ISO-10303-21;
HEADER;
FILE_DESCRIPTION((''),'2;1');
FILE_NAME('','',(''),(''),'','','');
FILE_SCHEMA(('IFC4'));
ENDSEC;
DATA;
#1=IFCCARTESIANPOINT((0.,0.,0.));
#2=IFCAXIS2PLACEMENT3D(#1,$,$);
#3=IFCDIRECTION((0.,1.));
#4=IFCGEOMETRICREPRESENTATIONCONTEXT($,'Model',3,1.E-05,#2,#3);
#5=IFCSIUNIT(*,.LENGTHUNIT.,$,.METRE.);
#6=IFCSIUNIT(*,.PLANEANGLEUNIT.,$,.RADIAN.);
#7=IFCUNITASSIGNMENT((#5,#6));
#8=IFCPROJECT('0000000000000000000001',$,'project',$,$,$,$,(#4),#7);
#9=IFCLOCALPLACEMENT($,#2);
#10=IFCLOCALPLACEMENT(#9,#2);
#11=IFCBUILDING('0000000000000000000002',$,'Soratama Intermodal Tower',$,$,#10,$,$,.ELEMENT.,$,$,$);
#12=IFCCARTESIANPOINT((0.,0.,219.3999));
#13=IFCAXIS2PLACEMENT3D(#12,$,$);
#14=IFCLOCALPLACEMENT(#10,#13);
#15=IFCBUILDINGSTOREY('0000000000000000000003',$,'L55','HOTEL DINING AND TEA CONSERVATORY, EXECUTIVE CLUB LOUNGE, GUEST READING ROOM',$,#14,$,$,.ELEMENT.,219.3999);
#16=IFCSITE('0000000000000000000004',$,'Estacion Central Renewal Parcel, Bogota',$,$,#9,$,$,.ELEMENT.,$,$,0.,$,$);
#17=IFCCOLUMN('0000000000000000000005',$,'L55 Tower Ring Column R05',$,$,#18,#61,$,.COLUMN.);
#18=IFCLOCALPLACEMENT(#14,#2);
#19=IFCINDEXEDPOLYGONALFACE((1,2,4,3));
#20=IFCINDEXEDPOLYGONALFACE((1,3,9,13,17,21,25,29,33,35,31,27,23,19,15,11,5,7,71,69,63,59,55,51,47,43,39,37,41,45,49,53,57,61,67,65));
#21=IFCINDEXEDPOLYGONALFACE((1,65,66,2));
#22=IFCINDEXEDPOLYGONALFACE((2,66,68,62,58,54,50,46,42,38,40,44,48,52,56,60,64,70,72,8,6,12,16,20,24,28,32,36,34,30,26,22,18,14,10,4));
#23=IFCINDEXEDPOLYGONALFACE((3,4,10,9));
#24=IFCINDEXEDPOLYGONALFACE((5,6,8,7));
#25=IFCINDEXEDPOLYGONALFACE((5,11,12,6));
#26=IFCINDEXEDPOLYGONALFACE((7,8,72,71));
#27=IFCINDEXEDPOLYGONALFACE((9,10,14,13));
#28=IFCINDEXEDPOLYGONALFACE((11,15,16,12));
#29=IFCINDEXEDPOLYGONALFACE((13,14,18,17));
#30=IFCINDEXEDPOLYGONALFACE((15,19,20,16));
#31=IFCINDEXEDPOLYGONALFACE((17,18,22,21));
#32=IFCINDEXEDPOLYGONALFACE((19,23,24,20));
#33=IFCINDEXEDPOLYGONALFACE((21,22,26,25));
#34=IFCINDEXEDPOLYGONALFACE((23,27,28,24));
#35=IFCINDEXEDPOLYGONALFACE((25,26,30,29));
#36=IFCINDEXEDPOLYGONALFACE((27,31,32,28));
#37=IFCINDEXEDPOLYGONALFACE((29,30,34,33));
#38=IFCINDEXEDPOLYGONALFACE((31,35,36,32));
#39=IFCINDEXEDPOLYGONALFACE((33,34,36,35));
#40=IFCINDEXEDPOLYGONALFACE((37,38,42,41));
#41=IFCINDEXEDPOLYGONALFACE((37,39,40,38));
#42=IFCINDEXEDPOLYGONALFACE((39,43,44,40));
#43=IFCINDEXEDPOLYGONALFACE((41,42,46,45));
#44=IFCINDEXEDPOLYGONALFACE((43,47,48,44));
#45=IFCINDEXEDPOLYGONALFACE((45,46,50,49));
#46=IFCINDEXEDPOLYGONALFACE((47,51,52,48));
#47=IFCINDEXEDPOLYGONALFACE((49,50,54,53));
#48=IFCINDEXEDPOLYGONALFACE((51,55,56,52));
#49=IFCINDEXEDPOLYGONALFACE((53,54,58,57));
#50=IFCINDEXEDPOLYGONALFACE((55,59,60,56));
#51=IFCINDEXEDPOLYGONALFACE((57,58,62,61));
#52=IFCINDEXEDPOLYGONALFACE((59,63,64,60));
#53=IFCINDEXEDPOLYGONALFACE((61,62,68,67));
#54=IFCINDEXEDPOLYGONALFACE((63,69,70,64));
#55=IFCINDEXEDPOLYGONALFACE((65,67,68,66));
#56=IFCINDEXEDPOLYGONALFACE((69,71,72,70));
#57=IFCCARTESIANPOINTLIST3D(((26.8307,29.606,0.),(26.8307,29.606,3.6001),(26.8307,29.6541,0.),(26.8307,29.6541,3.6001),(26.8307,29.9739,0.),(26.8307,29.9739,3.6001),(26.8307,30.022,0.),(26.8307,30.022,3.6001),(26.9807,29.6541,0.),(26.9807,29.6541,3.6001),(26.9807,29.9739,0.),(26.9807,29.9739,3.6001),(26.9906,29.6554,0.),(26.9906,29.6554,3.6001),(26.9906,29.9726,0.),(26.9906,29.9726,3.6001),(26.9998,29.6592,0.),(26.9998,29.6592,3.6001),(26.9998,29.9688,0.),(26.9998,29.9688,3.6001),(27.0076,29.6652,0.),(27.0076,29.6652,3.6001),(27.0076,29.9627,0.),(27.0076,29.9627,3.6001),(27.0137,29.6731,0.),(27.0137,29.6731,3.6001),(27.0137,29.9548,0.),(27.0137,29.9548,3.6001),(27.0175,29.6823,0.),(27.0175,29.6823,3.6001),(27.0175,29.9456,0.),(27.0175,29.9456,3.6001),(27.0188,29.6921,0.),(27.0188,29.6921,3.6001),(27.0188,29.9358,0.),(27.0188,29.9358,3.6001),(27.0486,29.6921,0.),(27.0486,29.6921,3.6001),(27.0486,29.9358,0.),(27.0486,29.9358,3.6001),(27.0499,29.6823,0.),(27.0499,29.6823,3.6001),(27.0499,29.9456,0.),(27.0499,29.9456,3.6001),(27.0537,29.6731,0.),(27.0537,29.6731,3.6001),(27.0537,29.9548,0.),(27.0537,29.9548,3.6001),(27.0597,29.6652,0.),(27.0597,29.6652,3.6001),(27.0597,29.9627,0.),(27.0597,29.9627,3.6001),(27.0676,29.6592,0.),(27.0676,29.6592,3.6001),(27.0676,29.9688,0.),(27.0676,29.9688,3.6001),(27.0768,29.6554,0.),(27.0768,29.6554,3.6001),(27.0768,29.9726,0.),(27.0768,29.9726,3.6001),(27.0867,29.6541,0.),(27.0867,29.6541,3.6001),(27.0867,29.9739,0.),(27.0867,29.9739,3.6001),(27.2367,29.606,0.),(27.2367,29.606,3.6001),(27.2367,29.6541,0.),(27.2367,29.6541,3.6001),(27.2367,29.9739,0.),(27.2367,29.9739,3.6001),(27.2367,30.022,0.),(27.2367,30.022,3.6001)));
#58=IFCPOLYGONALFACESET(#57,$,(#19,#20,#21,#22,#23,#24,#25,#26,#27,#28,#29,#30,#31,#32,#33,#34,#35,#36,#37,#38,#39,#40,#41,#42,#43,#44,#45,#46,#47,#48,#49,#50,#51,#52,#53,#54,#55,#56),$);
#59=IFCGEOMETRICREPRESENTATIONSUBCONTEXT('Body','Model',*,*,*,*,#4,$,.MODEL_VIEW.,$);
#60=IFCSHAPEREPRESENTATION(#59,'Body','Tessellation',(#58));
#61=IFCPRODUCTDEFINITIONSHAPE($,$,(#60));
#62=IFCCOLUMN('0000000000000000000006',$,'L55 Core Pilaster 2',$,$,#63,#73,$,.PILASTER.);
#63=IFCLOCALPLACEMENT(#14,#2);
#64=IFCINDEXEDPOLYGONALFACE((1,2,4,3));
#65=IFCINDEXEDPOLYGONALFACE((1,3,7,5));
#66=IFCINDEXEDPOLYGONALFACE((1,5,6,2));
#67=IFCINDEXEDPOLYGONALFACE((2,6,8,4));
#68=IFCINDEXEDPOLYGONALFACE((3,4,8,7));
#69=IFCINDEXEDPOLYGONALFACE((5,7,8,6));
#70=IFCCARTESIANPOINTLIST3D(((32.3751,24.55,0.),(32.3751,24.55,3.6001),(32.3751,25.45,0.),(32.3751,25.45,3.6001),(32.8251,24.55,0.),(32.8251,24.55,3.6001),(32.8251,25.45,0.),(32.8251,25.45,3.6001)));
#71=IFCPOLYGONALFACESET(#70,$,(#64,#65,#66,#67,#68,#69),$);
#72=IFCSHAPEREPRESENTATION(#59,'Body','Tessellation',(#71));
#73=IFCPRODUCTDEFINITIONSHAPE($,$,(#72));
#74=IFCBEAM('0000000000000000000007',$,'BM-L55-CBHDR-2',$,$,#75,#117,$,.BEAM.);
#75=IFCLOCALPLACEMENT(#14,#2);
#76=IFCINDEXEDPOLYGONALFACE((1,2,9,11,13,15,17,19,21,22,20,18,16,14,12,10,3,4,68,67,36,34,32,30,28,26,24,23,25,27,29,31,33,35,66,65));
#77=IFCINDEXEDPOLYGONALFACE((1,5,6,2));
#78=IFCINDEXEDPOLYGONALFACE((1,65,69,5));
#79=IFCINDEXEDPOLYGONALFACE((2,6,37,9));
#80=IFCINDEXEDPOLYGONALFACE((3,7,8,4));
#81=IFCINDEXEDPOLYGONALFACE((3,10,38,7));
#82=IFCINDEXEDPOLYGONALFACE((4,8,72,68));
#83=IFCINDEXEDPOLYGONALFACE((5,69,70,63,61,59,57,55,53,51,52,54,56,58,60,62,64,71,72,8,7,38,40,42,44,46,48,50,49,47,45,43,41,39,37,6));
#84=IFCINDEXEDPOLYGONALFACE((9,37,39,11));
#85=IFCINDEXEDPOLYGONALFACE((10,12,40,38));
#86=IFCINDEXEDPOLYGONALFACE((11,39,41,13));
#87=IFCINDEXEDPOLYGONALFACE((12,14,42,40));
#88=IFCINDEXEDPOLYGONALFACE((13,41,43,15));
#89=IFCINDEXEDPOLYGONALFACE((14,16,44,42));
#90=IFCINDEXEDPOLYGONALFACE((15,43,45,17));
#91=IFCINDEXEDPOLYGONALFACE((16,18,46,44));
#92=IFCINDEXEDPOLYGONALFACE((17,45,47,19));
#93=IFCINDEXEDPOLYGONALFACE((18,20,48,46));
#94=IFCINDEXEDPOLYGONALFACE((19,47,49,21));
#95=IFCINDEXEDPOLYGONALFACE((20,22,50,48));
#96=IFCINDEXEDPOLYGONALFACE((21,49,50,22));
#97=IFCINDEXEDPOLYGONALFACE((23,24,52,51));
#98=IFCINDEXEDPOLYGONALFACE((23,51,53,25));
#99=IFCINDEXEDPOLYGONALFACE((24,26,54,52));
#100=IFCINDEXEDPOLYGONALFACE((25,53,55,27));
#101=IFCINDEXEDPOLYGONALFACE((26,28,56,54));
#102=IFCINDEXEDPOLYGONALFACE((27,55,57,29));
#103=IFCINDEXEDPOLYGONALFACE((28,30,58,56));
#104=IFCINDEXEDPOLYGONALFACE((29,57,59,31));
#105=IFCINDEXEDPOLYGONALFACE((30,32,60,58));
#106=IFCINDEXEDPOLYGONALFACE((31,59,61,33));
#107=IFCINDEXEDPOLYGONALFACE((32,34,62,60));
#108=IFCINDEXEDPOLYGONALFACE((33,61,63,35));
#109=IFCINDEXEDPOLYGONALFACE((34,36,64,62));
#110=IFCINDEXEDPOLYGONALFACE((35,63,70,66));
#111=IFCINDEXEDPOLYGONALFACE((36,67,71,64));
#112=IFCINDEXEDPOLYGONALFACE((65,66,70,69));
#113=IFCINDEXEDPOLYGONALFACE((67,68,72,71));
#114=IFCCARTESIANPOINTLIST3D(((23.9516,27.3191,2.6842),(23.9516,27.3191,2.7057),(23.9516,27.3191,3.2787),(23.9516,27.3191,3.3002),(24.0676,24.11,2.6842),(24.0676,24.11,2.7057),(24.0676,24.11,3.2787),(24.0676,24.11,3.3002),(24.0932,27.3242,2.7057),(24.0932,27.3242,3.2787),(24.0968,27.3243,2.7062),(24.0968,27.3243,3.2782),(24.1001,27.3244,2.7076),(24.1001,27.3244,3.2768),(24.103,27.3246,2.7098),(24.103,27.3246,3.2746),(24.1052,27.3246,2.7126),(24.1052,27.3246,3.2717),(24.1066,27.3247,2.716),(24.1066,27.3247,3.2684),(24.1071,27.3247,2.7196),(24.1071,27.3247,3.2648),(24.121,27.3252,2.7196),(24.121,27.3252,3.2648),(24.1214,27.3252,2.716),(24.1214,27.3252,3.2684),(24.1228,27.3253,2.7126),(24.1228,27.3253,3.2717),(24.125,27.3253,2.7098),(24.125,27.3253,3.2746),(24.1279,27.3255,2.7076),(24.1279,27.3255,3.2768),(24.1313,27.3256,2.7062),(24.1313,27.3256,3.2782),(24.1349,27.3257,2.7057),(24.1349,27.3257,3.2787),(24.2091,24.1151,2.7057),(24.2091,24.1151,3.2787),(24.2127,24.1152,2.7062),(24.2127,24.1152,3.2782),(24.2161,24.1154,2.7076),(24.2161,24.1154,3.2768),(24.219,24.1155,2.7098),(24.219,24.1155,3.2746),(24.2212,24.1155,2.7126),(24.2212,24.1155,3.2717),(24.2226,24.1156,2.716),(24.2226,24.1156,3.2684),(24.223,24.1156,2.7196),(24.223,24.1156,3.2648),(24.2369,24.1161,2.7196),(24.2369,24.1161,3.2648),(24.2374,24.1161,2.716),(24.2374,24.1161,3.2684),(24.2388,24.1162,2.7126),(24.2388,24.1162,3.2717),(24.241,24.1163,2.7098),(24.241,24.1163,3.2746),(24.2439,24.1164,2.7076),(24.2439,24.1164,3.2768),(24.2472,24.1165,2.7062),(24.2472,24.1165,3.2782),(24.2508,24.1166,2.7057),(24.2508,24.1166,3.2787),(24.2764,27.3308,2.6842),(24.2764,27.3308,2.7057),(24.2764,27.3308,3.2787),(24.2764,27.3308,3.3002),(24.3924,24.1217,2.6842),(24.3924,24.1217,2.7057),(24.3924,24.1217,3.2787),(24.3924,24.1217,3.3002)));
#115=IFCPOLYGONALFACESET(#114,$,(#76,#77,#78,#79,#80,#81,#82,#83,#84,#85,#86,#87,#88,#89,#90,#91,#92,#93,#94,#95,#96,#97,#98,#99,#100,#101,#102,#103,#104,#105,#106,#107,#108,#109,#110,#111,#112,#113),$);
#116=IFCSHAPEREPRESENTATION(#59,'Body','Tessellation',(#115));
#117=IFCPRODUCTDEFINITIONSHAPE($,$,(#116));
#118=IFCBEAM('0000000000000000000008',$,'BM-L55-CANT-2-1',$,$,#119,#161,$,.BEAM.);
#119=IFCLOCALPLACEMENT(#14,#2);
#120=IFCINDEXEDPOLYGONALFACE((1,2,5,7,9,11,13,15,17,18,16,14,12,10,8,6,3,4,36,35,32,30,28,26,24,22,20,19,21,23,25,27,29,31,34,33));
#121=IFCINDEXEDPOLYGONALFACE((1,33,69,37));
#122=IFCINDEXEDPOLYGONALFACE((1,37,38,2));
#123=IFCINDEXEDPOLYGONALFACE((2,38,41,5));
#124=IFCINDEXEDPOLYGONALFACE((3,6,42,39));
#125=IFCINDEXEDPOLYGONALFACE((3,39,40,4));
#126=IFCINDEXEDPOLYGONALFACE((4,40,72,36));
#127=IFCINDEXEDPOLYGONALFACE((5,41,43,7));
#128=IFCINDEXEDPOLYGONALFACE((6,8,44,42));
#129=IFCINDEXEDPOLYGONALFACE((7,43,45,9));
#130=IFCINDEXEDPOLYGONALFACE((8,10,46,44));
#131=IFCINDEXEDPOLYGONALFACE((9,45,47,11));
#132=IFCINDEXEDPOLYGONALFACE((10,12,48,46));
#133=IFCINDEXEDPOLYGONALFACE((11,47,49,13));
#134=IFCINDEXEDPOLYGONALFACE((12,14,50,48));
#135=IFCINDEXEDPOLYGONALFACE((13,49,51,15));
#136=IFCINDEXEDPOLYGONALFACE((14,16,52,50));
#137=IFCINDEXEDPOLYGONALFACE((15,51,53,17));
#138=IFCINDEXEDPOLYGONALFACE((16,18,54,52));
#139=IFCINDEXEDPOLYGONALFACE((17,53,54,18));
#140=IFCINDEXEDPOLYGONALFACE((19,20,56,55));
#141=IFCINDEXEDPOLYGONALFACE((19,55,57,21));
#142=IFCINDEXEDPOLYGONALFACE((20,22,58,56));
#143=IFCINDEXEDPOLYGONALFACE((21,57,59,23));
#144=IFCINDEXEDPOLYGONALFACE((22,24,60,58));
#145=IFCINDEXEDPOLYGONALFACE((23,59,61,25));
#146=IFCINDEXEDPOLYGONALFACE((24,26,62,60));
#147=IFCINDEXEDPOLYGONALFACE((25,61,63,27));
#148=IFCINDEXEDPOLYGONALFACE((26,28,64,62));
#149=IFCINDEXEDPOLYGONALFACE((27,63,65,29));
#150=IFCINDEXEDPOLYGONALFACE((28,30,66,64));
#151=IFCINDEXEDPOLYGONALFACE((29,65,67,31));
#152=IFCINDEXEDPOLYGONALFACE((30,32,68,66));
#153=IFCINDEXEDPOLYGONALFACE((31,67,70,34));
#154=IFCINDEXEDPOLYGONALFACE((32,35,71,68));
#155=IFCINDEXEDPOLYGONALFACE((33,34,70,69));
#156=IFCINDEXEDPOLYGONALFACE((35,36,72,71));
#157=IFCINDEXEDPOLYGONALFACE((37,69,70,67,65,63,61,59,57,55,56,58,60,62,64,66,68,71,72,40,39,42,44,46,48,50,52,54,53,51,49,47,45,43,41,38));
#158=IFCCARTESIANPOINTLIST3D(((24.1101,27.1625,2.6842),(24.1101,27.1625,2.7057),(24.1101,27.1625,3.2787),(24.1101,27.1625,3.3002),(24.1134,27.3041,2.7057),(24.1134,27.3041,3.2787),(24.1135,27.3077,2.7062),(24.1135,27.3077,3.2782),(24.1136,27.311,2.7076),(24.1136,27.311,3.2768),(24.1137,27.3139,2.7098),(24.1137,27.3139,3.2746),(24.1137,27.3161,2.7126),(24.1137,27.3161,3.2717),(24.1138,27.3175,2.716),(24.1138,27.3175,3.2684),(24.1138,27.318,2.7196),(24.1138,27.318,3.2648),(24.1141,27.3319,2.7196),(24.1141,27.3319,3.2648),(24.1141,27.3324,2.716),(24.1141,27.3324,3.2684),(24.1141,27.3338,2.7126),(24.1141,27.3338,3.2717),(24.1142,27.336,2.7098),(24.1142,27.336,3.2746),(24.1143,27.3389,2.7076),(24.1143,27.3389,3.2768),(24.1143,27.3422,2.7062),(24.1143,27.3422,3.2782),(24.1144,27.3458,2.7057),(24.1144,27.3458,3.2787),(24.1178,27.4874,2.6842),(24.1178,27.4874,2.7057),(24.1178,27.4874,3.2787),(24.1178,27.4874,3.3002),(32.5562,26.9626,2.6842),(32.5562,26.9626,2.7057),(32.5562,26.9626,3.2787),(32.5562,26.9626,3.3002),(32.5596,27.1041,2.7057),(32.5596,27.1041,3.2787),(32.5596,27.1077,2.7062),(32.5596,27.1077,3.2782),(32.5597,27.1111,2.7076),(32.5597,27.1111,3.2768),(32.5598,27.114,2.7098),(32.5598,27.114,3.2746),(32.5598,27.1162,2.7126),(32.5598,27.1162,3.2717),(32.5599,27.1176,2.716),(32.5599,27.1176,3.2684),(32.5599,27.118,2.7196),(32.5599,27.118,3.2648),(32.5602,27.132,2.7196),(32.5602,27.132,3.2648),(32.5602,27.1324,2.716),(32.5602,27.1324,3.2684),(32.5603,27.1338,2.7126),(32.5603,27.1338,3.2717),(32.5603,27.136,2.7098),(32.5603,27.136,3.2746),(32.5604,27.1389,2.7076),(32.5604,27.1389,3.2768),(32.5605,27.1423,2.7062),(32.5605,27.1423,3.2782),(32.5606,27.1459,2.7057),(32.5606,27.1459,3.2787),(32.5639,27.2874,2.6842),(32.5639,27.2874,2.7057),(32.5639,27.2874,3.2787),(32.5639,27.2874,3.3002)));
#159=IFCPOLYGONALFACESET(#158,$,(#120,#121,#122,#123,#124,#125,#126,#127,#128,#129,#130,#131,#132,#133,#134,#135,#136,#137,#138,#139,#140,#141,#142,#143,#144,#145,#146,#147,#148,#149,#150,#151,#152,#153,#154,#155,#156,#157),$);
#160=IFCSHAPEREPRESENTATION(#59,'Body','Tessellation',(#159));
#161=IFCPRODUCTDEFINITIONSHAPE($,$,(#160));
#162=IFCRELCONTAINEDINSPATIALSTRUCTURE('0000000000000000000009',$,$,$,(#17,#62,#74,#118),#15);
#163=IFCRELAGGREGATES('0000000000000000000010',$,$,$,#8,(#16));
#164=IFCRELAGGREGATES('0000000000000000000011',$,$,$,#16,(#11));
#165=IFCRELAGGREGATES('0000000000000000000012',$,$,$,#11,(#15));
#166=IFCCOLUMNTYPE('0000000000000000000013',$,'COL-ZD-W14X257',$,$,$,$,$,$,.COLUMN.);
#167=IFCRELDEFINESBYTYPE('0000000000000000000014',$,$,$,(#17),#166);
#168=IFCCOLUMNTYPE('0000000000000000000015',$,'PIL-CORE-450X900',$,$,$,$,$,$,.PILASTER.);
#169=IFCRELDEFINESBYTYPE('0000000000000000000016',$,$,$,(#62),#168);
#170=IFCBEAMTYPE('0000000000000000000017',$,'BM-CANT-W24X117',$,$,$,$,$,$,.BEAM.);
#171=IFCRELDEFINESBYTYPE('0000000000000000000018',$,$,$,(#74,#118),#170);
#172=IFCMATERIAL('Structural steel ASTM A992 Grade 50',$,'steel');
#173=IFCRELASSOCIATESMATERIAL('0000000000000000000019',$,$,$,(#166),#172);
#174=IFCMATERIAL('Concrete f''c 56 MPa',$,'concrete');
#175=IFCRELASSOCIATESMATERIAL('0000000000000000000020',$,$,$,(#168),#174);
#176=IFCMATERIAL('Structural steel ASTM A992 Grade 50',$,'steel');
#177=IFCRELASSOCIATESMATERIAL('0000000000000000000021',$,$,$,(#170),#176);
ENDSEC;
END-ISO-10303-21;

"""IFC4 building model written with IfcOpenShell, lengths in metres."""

from ifc_helpers import new_model, si_unit, direction, frame, origin, origin_2d, place, context, subcontext, project, spatial, rectangle, i_section, extrude, material, material_profile, profile_set, type_object, element, save


model = new_model("IFC4")

# Units and contexts
model_context = context("Model", 3, precision=1e-05, world=origin(), true_north=direction((0.0, 1.0)))
body_context = subcontext(model_context, "Body", "Model", "MODEL_VIEW")
ifc_project = project(units=[si_unit("LENGTHUNIT", "METRE"), si_unit("PLANEANGLEUNIT", "RADIAN")], contexts=[model_context])

# Site, building, storey
site_placement = place(None, origin())
site = spatial("IfcSite", under=ifc_project, at=site_placement, Name="Estacion Central Renewal Parcel, Bogota", CompositionType="ELEMENT", RefElevation=0.0)
building_placement = place(site_placement, origin())
building = spatial("IfcBuilding", under=site, at=building_placement, Name="Soratama Intermodal Tower", CompositionType="ELEMENT")
storey_placement = place(building_placement, frame((0.0, 0.0, 219.3999)))
storey = spatial("IfcBuildingStorey", under=building, at=storey_placement, Name="L55", Description="HOTEL DINING AND TEA CONSERVATORY, EXECUTIVE CLUB LOUNGE, GUEST READING ROOM", CompositionType="ELEMENT", Elevation=219.3999)

# Columns
ifc_material_1 = material(Name="Structural steel ASTM A992 Grade 50", Category="steel")
ifc_material_profile_1 = material_profile(ifc_material_1, i_section(OverallWidth=0.406, OverallDepth=0.416, WebThickness=0.0298, FlangeThickness=0.0481, FilletRadius=0.0381, at=origin_2d()), Name="W14X257")
ifc_profile_set_1 = profile_set([ifc_material_profile_1], Name="Structural steel ASTM A992 Grade 50")
column_type_1 = type_object("IfcColumnType", Name="COL-ZD-W14X257", PredefinedType="COLUMN", material=ifc_profile_set_1)
column_1_placement = place(storey_placement, frame((27.0337, 29.814, 0.0), z_axis=(0.0, 0.0, 1.0), x_axis=(1.0, 0.0, 0.0)))
element("IfcColumn", 1, at=column_1_placement, inside=storey, type_object=column_type_1, Name="L55 Tower Ring Column R05", PredefinedType="COLUMN", context=body_context, shape_type="SweptSolid", body=[
    extrude(i_section(OverallWidth=0.406, OverallDepth=0.416, WebThickness=0.0298, FlangeThickness=0.0481, FilletRadius=0.0381, at=origin_2d()), origin(), (0.0, 0.0, 1.0), 3.6001),
])
ifc_material_2 = material(Name="Concrete f'c 56 MPa", Category="concrete")
ifc_material_profile_2 = material_profile(ifc_material_2, rectangle(XDim=0.45, YDim=0.8999, at=origin_2d()), Name="RC450X900")
ifc_profile_set_2 = profile_set([ifc_material_profile_2], Name="Concrete f'c 56 MPa")
column_type_2 = type_object("IfcColumnType", Name="PIL-CORE-450X900", PredefinedType="PILASTER", material=ifc_profile_set_2)
column_2_placement = place(storey_placement, frame((32.6001, 25.0, 0.0), z_axis=(0.0, 0.0, 1.0), x_axis=(1.0, 0.0, 0.0)))
element("IfcColumn", 2, at=column_2_placement, inside=storey, type_object=column_type_2, Name="L55 Core Pilaster 2", PredefinedType="PILASTER", context=body_context, shape_type="SweptSolid", body=[
    extrude(rectangle(XDim=0.45, YDim=0.8999, at=origin_2d()), origin(), (0.0, 0.0, 1.0), 3.6001),
])

# Beams
ifc_material_3 = material(Name="Structural steel ASTM A992 Grade 50", Category="steel")
ifc_material_profile_3 = material_profile(ifc_material_3, i_section(OverallWidth=0.325, OverallDepth=0.616, WebThickness=0.0139, FlangeThickness=0.0215, FilletRadius=0.0139, at=origin_2d()), Name="W24X117")
ifc_profile_set_3 = profile_set([ifc_material_profile_3], Name="Structural steel ASTM A992 Grade 50")
beam_type_1 = type_object("IfcBeamType", Name="BM-CANT-W24X117", PredefinedType="BEAM", material=ifc_profile_set_3)
beam_1_placement = place(storey_placement, frame((24.114, 27.325, 2.9922), z_axis=(0.036115, -0.999348, 0.0), x_axis=(0.999348, 0.036115, 0.0)))
element("IfcBeam", 3, at=beam_1_placement, inside=storey, type_object=beam_type_1, Name="BM-L55-CBHDR-2", PredefinedType="BEAM", context=body_context, shape_type="SweptSolid", body=[
    extrude(i_section(OverallWidth=0.325, OverallDepth=0.616, WebThickness=0.0139, FlangeThickness=0.0215, FilletRadius=0.0139, at=origin_2d()), origin(), (0.0, 0.0, 1.0), 3.2112),
])
beam_2_placement = place(storey_placement, frame((32.5601, 27.125, 2.9922), z_axis=(-0.99972, 0.023667, 0.0), x_axis=(-0.023667, -0.99972, 0.0)))
element("IfcBeam", 4, at=beam_2_placement, inside=storey, type_object=beam_type_1, Name="BM-L55-CANT-2-1", PredefinedType="BEAM", context=body_context, shape_type="SweptSolid", body=[
    extrude(i_section(OverallWidth=0.325, OverallDepth=0.616, WebThickness=0.0139, FlangeThickness=0.0215, FilletRadius=0.0139, at=origin_2d()), origin(), (0.0, 0.0, 1.0), 8.4485),
])

save(model, "model.ifc")
